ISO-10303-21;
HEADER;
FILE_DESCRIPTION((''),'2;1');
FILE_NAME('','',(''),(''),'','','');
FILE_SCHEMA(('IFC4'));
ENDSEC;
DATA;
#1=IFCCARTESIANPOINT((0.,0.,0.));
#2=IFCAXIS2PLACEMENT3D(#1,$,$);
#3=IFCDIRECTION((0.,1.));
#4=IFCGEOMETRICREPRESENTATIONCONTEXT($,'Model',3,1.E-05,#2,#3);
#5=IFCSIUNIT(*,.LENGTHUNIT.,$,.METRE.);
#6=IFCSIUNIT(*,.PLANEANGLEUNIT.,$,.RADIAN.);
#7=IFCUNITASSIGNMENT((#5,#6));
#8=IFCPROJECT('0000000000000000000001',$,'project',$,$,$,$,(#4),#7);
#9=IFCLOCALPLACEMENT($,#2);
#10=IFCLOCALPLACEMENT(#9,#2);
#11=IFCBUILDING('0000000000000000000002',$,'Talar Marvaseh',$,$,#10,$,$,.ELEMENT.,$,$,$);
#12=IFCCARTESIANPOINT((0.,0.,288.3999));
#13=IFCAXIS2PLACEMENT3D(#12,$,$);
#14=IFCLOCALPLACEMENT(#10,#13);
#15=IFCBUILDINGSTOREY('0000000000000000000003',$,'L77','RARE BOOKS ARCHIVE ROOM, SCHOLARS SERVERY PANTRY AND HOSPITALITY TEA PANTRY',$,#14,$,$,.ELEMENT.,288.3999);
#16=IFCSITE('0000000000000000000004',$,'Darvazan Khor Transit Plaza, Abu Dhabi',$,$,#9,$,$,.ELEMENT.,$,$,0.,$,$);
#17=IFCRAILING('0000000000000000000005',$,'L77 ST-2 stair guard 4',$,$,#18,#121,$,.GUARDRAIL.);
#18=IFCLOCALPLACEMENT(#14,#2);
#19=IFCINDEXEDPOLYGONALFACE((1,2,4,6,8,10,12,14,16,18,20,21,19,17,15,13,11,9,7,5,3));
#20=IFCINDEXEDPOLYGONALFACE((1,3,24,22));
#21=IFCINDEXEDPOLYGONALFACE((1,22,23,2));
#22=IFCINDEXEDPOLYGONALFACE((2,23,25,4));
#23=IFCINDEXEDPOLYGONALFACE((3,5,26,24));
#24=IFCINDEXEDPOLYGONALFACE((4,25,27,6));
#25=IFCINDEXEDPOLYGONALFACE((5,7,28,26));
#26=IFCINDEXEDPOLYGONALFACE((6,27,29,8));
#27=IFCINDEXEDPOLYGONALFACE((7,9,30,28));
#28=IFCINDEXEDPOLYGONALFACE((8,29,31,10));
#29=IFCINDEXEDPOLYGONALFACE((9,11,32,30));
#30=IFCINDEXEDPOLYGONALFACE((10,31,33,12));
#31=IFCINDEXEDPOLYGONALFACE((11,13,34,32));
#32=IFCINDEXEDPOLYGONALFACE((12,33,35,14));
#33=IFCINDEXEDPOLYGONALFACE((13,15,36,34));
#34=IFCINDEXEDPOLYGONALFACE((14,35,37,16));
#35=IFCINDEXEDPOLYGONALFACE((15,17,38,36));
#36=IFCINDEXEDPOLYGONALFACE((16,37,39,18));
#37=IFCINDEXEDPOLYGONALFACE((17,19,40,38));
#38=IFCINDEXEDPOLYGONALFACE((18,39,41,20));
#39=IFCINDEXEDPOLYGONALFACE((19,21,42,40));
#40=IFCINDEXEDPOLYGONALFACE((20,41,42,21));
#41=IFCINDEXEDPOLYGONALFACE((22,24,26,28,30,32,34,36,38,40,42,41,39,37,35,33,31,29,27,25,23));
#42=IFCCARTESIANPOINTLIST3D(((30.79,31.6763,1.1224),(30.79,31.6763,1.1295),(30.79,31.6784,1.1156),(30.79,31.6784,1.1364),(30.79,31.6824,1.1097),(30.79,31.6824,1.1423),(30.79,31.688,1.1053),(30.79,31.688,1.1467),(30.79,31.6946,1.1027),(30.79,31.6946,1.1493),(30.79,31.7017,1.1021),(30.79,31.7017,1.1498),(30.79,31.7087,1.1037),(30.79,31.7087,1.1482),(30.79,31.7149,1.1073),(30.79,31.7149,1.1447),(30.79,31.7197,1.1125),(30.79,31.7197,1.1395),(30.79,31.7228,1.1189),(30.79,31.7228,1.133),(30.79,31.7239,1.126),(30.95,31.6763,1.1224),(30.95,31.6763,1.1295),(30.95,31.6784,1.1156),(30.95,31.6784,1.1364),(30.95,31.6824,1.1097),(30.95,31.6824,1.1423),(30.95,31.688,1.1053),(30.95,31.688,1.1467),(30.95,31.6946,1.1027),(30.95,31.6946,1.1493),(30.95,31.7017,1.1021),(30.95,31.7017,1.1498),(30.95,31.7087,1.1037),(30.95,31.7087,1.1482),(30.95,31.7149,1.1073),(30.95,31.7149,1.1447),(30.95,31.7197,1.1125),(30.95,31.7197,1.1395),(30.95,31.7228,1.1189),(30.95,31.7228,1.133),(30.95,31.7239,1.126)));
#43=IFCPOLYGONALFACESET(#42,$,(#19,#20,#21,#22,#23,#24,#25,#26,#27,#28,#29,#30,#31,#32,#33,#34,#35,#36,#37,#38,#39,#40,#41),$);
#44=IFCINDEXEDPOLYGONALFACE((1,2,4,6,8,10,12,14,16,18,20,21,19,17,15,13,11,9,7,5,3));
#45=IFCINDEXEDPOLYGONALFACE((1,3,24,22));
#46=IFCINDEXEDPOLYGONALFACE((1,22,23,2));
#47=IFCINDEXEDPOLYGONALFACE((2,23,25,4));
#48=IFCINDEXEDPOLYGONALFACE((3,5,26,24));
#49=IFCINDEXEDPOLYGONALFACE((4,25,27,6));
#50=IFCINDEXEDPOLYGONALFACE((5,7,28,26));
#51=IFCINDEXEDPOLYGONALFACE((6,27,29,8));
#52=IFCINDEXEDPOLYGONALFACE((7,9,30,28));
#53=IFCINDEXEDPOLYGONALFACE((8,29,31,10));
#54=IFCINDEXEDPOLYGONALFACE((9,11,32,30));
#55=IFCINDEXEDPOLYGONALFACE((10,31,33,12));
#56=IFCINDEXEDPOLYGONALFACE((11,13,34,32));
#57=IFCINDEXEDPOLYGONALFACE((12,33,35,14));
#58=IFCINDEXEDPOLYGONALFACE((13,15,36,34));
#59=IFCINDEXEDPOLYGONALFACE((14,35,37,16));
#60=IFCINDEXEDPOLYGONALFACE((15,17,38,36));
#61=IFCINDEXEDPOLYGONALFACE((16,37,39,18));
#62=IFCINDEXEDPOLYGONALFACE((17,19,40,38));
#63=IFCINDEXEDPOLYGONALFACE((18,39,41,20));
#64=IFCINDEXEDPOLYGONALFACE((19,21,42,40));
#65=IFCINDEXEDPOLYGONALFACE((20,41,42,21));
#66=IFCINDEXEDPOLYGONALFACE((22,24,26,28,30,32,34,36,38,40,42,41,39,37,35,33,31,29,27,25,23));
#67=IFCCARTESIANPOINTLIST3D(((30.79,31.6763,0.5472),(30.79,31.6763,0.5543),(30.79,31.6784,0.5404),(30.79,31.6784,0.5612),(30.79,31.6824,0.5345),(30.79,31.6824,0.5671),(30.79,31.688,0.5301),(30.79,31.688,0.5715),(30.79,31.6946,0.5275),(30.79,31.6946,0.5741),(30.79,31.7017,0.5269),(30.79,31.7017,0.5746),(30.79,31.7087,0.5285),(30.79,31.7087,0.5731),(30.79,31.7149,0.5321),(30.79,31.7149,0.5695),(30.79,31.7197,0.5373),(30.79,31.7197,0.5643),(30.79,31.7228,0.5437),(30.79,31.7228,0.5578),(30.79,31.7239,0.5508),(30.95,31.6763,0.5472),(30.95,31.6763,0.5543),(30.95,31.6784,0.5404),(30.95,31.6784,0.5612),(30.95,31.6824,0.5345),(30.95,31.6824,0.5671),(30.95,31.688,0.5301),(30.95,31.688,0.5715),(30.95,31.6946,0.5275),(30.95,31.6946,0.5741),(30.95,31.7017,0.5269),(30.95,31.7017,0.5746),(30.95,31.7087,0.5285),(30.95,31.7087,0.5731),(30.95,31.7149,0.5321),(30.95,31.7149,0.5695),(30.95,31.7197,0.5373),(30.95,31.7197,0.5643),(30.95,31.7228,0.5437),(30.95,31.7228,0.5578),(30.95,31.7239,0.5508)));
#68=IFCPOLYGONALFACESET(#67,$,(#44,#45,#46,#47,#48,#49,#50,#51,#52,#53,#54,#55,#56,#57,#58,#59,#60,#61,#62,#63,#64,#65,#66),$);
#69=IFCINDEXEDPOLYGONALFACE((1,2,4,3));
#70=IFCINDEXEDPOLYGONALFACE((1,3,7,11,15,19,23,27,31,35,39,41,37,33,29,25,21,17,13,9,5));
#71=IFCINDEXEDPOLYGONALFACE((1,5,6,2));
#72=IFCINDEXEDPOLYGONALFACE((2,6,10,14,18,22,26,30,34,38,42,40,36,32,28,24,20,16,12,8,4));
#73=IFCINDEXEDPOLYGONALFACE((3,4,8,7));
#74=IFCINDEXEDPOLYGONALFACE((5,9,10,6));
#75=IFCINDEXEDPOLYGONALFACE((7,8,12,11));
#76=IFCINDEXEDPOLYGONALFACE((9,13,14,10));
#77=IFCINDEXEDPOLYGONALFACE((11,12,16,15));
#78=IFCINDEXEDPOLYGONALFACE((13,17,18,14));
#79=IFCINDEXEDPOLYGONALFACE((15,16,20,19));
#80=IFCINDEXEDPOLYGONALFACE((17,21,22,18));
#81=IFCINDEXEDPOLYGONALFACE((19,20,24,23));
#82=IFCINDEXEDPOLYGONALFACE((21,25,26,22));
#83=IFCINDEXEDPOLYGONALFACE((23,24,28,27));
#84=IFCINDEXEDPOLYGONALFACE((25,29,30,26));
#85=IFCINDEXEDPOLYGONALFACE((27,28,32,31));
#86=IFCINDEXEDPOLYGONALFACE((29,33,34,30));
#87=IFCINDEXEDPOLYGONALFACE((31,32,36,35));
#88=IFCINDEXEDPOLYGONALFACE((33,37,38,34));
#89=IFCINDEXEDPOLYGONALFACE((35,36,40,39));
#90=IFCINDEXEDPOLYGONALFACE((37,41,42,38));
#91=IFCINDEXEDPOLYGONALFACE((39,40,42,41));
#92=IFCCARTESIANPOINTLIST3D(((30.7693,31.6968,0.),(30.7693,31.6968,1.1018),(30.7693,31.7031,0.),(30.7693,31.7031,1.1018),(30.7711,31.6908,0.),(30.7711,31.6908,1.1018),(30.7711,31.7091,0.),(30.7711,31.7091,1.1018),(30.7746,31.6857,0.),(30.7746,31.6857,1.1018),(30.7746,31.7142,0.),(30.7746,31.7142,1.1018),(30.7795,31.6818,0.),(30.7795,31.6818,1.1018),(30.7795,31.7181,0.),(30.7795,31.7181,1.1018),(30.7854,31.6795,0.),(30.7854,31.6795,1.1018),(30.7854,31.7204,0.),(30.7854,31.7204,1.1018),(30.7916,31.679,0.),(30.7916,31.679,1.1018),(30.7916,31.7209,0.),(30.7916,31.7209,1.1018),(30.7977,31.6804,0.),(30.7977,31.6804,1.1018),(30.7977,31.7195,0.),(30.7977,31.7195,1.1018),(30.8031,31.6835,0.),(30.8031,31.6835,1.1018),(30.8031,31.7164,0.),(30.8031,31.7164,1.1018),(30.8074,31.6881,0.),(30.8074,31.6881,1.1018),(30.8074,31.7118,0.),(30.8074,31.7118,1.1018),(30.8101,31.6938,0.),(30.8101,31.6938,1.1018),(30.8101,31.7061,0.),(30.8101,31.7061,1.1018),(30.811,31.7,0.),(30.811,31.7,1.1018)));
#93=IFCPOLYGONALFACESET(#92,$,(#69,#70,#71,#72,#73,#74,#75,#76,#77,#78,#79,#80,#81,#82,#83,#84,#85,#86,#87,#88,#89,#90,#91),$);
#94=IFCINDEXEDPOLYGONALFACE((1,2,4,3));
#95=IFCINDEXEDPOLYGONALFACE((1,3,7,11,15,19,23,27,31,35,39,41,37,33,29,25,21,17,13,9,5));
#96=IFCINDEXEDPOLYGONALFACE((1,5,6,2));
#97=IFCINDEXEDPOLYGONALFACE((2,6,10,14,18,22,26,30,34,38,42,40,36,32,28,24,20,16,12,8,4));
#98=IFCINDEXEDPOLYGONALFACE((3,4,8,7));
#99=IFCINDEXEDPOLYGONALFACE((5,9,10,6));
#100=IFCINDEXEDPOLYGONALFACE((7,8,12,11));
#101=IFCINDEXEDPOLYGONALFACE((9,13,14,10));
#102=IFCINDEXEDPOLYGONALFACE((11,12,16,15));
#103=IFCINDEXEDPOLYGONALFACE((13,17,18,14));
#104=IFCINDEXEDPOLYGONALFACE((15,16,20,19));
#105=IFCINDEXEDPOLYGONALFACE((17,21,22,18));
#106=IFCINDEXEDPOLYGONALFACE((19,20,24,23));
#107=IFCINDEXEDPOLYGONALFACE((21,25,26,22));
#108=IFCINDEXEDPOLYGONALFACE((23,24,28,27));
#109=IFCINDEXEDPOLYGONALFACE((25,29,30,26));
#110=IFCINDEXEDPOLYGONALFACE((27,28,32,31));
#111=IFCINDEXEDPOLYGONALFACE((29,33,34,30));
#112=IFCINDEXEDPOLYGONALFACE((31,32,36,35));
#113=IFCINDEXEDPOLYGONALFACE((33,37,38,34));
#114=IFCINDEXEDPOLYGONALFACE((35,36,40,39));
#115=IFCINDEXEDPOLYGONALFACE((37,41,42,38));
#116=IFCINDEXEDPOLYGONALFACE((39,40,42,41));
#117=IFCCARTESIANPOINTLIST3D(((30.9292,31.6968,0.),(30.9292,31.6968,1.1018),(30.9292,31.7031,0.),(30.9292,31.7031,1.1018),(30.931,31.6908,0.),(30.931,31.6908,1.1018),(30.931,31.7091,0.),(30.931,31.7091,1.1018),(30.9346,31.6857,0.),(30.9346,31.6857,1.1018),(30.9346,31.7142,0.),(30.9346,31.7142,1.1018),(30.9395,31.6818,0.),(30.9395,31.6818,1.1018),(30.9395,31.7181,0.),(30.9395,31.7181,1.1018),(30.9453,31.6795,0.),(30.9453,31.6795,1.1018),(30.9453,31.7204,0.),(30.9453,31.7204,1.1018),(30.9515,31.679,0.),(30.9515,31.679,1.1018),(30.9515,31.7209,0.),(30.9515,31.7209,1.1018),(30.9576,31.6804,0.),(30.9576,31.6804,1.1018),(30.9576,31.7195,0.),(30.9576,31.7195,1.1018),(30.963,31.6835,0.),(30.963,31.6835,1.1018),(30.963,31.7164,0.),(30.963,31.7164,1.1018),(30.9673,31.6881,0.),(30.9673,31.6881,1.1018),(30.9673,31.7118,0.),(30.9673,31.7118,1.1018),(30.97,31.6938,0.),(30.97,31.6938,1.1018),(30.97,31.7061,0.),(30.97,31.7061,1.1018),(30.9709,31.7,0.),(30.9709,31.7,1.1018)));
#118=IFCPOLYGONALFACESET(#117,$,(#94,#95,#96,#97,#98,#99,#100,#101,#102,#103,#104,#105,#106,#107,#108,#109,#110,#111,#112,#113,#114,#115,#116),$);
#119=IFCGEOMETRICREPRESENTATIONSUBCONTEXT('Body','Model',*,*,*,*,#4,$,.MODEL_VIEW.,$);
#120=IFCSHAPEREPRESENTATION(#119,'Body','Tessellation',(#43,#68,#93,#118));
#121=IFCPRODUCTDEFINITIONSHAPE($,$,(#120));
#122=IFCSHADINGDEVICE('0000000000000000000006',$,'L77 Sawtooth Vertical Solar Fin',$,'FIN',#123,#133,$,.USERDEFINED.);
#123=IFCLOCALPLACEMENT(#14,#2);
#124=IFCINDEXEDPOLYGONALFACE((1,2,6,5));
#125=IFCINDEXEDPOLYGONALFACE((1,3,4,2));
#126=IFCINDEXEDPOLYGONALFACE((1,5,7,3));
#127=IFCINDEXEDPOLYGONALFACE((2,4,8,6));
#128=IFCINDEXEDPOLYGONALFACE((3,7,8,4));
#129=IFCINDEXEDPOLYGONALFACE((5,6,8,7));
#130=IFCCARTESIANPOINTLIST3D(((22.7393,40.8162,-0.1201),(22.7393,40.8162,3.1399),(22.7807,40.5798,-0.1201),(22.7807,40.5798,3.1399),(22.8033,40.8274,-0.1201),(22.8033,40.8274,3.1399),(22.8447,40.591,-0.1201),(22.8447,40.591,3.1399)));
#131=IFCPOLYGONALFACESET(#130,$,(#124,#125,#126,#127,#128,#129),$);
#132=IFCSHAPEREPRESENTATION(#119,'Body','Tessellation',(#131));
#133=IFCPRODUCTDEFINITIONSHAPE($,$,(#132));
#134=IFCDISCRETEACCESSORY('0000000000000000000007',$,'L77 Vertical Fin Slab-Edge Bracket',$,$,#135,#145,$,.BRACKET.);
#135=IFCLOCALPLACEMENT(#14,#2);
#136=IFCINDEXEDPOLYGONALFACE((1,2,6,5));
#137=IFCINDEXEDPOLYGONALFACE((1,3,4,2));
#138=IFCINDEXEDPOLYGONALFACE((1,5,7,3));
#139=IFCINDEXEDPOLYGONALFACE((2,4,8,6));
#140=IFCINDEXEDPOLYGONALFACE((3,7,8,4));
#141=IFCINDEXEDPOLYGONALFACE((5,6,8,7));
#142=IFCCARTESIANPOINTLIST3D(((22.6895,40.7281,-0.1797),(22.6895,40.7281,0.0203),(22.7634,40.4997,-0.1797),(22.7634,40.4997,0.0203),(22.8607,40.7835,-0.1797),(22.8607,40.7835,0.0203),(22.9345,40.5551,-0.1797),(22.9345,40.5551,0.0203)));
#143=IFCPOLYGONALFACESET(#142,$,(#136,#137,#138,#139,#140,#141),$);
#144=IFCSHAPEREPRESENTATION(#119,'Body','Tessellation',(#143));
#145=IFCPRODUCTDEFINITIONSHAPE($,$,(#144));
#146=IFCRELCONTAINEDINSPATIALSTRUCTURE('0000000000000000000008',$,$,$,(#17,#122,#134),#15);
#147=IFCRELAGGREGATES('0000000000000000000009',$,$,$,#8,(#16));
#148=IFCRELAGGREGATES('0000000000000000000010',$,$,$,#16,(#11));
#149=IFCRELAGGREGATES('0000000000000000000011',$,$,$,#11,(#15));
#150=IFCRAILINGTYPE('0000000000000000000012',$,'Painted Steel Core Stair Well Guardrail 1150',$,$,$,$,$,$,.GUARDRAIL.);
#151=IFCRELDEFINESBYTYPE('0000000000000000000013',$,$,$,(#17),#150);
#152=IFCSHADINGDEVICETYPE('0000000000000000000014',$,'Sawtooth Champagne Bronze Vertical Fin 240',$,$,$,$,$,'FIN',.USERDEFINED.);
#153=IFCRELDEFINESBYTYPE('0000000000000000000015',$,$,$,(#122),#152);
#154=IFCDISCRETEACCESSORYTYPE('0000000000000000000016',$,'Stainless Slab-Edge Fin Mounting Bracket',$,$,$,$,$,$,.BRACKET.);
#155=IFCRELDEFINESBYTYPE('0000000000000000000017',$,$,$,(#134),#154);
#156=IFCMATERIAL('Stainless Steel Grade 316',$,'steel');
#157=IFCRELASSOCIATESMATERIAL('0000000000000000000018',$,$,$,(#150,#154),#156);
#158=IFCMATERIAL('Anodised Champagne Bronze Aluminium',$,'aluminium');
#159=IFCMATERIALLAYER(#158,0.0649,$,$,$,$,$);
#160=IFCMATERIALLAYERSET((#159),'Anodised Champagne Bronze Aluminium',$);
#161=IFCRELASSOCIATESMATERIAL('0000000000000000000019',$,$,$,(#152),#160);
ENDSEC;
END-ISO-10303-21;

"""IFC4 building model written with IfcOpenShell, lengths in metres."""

from ifc_helpers import new_model, si_unit, direction, frame, origin, origin_2d, place, context, subcontext, project, spatial, rectangle, circle, extrude, source, transform, mapped, material, layer, layer_set, type_object, type_shapes, element, save


model = new_model("IFC4")

# Units and contexts
model_context = context("Model", 3, precision=1e-05, world=origin(), true_north=direction((0.0, 1.0)))
body_context = subcontext(model_context, "Body", "Model", "MODEL_VIEW")
ifc_project = project(units=[si_unit("LENGTHUNIT", "METRE"), si_unit("PLANEANGLEUNIT", "RADIAN")], contexts=[model_context])

# Site, building, storey
site_placement = place(None, origin())
site = spatial("IfcSite", under=ifc_project, at=site_placement, Name="Darvazan Khor Transit Plaza, Abu Dhabi", CompositionType="ELEMENT", RefElevation=0.0)
building_placement = place(site_placement, origin())
building = spatial("IfcBuilding", under=site, at=building_placement, Name="Talar Marvaseh", CompositionType="ELEMENT")
storey_placement = place(building_placement, frame((0.0, 0.0, 288.3999)))
storey = spatial("IfcBuildingStorey", under=building, at=storey_placement, Name="L77", Description="RARE BOOKS ARCHIVE ROOM, SCHOLARS SERVERY PANTRY AND HOSPITALITY TEA PANTRY", CompositionType="ELEMENT", Elevation=288.3999)

# Shared definitions
ifc_material_1 = material(Name="Stainless Steel Grade 316", Category="steel")

# Railing
railing_type_1 = type_object("IfcRailingType", Name="Painted Steel Core Stair Well Guardrail 1150", PredefinedType="GUARDRAIL", material=ifc_material_1)
railing_1_placement = place(storey_placement, frame((30.79, 31.7, 0.0)))
element("IfcRailing", 1, at=railing_1_placement, inside=storey, type_object=railing_type_1, Name="L77 ST-2 stair guard 4", PredefinedType="GUARDRAIL", context=body_context, shape_type="SweptSolid", body=[
    extrude(circle(Radius=0.0239, at=origin_2d()), frame((0.0, 0.0, 1.126), z_axis=(1.0, 0.0, 0.0), x_axis=(0.0, 1.0, 0.0)), (0.0, 0.0, 1.0), 0.1599),
    extrude(circle(Radius=0.0239, at=origin_2d()), frame((0.0, 0.0, 0.5508), z_axis=(1.0, 0.0, 0.0), x_axis=(0.0, 1.0, 0.0)), (0.0, 0.0, 1.0), 0.1599),
    extrude(circle(Radius=0.021, at=origin_2d()), origin(), (0.0, 0.0, 1.0), 1.1018),
    extrude(circle(Radius=0.021, at=origin_2d()), frame((0.1599, 0.0, 0.0)), (0.0, 0.0, 1.0), 1.1018),
])

# Shading device
ifc_material_2 = material(Name="Anodised Champagne Bronze Aluminium", Category="aluminium")
ifc_layer_1 = layer(ifc_material_2, 0.0649)
ifc_layer_set_1 = layer_set([ifc_layer_1], Name="Anodised Champagne Bronze Aluminium")
shading_device_type = type_object("IfcShadingDeviceType", Name="Sawtooth Champagne Bronze Vertical Fin 240", ElementType="FIN", PredefinedType="USERDEFINED", material=ifc_layer_set_1)
shared_shape_1 = source(origin(), body_context, "Body", "SweptSolid", [
    extrude(rectangle(XDim=0.24, YDim=0.0649, at=origin_2d()), origin(), (0.0, 0.0, 1.0), 3.26),
])
type_shapes(shading_device_type, [shared_shape_1])
shading_device_placement = place(storey_placement, frame((22.792, 40.7036, -0.1201), z_axis=(0.0, 0.0, 1.0), x_axis=(-0.172445, 0.985019, 0.0)))
element("IfcShadingDevice", 2, at=shading_device_placement, inside=storey, type_object=shading_device_type, Name="L77 Sawtooth Vertical Solar Fin", ObjectType="FIN", PredefinedType="USERDEFINED", context=body_context, shape_type="MappedRepresentation", body=[
    mapped(shared_shape_1, transform((0.0, 0.0, 0.0), x_axis=(1.0, 0.0, 0.0), y_axis=(0.0, 1.0, 0.0), z_axis=(0.0, 0.0, 1.0), scale=1.0)),
])

# Discrete accessory
discrete_accessory_type = type_object("IfcDiscreteAccessoryType", Name="Stainless Slab-Edge Fin Mounting Bracket", PredefinedType="BRACKET", material=ifc_material_1)
shared_shape_2 = source(origin(), body_context, "Body", "SweptSolid", [
    extrude(rectangle(XDim=0.24, YDim=0.1799, at=origin_2d()), origin(), (0.0, 0.0, 1.0), 0.2),
])
type_shapes(discrete_accessory_type, [shared_shape_2])
discrete_accessory_placement = place(storey_placement, frame((22.812, 40.6416, -0.1797), z_axis=(0.0, 0.0, 1.0), x_axis=(-0.307855, 0.951433, 0.0)))
element("IfcDiscreteAccessory", 3, at=discrete_accessory_placement, inside=storey, type_object=discrete_accessory_type, Name="L77 Vertical Fin Slab-Edge Bracket", PredefinedType="BRACKET", context=body_context, shape_type="MappedRepresentation", body=[
    mapped(shared_shape_2, transform((0.0, 0.0, 0.0), x_axis=(1.0, 0.0, 0.0), y_axis=(0.0, 1.0, 0.0), z_axis=(0.0, 0.0, 1.0), scale=1.0)),
])

save(model, "model.ifc")
